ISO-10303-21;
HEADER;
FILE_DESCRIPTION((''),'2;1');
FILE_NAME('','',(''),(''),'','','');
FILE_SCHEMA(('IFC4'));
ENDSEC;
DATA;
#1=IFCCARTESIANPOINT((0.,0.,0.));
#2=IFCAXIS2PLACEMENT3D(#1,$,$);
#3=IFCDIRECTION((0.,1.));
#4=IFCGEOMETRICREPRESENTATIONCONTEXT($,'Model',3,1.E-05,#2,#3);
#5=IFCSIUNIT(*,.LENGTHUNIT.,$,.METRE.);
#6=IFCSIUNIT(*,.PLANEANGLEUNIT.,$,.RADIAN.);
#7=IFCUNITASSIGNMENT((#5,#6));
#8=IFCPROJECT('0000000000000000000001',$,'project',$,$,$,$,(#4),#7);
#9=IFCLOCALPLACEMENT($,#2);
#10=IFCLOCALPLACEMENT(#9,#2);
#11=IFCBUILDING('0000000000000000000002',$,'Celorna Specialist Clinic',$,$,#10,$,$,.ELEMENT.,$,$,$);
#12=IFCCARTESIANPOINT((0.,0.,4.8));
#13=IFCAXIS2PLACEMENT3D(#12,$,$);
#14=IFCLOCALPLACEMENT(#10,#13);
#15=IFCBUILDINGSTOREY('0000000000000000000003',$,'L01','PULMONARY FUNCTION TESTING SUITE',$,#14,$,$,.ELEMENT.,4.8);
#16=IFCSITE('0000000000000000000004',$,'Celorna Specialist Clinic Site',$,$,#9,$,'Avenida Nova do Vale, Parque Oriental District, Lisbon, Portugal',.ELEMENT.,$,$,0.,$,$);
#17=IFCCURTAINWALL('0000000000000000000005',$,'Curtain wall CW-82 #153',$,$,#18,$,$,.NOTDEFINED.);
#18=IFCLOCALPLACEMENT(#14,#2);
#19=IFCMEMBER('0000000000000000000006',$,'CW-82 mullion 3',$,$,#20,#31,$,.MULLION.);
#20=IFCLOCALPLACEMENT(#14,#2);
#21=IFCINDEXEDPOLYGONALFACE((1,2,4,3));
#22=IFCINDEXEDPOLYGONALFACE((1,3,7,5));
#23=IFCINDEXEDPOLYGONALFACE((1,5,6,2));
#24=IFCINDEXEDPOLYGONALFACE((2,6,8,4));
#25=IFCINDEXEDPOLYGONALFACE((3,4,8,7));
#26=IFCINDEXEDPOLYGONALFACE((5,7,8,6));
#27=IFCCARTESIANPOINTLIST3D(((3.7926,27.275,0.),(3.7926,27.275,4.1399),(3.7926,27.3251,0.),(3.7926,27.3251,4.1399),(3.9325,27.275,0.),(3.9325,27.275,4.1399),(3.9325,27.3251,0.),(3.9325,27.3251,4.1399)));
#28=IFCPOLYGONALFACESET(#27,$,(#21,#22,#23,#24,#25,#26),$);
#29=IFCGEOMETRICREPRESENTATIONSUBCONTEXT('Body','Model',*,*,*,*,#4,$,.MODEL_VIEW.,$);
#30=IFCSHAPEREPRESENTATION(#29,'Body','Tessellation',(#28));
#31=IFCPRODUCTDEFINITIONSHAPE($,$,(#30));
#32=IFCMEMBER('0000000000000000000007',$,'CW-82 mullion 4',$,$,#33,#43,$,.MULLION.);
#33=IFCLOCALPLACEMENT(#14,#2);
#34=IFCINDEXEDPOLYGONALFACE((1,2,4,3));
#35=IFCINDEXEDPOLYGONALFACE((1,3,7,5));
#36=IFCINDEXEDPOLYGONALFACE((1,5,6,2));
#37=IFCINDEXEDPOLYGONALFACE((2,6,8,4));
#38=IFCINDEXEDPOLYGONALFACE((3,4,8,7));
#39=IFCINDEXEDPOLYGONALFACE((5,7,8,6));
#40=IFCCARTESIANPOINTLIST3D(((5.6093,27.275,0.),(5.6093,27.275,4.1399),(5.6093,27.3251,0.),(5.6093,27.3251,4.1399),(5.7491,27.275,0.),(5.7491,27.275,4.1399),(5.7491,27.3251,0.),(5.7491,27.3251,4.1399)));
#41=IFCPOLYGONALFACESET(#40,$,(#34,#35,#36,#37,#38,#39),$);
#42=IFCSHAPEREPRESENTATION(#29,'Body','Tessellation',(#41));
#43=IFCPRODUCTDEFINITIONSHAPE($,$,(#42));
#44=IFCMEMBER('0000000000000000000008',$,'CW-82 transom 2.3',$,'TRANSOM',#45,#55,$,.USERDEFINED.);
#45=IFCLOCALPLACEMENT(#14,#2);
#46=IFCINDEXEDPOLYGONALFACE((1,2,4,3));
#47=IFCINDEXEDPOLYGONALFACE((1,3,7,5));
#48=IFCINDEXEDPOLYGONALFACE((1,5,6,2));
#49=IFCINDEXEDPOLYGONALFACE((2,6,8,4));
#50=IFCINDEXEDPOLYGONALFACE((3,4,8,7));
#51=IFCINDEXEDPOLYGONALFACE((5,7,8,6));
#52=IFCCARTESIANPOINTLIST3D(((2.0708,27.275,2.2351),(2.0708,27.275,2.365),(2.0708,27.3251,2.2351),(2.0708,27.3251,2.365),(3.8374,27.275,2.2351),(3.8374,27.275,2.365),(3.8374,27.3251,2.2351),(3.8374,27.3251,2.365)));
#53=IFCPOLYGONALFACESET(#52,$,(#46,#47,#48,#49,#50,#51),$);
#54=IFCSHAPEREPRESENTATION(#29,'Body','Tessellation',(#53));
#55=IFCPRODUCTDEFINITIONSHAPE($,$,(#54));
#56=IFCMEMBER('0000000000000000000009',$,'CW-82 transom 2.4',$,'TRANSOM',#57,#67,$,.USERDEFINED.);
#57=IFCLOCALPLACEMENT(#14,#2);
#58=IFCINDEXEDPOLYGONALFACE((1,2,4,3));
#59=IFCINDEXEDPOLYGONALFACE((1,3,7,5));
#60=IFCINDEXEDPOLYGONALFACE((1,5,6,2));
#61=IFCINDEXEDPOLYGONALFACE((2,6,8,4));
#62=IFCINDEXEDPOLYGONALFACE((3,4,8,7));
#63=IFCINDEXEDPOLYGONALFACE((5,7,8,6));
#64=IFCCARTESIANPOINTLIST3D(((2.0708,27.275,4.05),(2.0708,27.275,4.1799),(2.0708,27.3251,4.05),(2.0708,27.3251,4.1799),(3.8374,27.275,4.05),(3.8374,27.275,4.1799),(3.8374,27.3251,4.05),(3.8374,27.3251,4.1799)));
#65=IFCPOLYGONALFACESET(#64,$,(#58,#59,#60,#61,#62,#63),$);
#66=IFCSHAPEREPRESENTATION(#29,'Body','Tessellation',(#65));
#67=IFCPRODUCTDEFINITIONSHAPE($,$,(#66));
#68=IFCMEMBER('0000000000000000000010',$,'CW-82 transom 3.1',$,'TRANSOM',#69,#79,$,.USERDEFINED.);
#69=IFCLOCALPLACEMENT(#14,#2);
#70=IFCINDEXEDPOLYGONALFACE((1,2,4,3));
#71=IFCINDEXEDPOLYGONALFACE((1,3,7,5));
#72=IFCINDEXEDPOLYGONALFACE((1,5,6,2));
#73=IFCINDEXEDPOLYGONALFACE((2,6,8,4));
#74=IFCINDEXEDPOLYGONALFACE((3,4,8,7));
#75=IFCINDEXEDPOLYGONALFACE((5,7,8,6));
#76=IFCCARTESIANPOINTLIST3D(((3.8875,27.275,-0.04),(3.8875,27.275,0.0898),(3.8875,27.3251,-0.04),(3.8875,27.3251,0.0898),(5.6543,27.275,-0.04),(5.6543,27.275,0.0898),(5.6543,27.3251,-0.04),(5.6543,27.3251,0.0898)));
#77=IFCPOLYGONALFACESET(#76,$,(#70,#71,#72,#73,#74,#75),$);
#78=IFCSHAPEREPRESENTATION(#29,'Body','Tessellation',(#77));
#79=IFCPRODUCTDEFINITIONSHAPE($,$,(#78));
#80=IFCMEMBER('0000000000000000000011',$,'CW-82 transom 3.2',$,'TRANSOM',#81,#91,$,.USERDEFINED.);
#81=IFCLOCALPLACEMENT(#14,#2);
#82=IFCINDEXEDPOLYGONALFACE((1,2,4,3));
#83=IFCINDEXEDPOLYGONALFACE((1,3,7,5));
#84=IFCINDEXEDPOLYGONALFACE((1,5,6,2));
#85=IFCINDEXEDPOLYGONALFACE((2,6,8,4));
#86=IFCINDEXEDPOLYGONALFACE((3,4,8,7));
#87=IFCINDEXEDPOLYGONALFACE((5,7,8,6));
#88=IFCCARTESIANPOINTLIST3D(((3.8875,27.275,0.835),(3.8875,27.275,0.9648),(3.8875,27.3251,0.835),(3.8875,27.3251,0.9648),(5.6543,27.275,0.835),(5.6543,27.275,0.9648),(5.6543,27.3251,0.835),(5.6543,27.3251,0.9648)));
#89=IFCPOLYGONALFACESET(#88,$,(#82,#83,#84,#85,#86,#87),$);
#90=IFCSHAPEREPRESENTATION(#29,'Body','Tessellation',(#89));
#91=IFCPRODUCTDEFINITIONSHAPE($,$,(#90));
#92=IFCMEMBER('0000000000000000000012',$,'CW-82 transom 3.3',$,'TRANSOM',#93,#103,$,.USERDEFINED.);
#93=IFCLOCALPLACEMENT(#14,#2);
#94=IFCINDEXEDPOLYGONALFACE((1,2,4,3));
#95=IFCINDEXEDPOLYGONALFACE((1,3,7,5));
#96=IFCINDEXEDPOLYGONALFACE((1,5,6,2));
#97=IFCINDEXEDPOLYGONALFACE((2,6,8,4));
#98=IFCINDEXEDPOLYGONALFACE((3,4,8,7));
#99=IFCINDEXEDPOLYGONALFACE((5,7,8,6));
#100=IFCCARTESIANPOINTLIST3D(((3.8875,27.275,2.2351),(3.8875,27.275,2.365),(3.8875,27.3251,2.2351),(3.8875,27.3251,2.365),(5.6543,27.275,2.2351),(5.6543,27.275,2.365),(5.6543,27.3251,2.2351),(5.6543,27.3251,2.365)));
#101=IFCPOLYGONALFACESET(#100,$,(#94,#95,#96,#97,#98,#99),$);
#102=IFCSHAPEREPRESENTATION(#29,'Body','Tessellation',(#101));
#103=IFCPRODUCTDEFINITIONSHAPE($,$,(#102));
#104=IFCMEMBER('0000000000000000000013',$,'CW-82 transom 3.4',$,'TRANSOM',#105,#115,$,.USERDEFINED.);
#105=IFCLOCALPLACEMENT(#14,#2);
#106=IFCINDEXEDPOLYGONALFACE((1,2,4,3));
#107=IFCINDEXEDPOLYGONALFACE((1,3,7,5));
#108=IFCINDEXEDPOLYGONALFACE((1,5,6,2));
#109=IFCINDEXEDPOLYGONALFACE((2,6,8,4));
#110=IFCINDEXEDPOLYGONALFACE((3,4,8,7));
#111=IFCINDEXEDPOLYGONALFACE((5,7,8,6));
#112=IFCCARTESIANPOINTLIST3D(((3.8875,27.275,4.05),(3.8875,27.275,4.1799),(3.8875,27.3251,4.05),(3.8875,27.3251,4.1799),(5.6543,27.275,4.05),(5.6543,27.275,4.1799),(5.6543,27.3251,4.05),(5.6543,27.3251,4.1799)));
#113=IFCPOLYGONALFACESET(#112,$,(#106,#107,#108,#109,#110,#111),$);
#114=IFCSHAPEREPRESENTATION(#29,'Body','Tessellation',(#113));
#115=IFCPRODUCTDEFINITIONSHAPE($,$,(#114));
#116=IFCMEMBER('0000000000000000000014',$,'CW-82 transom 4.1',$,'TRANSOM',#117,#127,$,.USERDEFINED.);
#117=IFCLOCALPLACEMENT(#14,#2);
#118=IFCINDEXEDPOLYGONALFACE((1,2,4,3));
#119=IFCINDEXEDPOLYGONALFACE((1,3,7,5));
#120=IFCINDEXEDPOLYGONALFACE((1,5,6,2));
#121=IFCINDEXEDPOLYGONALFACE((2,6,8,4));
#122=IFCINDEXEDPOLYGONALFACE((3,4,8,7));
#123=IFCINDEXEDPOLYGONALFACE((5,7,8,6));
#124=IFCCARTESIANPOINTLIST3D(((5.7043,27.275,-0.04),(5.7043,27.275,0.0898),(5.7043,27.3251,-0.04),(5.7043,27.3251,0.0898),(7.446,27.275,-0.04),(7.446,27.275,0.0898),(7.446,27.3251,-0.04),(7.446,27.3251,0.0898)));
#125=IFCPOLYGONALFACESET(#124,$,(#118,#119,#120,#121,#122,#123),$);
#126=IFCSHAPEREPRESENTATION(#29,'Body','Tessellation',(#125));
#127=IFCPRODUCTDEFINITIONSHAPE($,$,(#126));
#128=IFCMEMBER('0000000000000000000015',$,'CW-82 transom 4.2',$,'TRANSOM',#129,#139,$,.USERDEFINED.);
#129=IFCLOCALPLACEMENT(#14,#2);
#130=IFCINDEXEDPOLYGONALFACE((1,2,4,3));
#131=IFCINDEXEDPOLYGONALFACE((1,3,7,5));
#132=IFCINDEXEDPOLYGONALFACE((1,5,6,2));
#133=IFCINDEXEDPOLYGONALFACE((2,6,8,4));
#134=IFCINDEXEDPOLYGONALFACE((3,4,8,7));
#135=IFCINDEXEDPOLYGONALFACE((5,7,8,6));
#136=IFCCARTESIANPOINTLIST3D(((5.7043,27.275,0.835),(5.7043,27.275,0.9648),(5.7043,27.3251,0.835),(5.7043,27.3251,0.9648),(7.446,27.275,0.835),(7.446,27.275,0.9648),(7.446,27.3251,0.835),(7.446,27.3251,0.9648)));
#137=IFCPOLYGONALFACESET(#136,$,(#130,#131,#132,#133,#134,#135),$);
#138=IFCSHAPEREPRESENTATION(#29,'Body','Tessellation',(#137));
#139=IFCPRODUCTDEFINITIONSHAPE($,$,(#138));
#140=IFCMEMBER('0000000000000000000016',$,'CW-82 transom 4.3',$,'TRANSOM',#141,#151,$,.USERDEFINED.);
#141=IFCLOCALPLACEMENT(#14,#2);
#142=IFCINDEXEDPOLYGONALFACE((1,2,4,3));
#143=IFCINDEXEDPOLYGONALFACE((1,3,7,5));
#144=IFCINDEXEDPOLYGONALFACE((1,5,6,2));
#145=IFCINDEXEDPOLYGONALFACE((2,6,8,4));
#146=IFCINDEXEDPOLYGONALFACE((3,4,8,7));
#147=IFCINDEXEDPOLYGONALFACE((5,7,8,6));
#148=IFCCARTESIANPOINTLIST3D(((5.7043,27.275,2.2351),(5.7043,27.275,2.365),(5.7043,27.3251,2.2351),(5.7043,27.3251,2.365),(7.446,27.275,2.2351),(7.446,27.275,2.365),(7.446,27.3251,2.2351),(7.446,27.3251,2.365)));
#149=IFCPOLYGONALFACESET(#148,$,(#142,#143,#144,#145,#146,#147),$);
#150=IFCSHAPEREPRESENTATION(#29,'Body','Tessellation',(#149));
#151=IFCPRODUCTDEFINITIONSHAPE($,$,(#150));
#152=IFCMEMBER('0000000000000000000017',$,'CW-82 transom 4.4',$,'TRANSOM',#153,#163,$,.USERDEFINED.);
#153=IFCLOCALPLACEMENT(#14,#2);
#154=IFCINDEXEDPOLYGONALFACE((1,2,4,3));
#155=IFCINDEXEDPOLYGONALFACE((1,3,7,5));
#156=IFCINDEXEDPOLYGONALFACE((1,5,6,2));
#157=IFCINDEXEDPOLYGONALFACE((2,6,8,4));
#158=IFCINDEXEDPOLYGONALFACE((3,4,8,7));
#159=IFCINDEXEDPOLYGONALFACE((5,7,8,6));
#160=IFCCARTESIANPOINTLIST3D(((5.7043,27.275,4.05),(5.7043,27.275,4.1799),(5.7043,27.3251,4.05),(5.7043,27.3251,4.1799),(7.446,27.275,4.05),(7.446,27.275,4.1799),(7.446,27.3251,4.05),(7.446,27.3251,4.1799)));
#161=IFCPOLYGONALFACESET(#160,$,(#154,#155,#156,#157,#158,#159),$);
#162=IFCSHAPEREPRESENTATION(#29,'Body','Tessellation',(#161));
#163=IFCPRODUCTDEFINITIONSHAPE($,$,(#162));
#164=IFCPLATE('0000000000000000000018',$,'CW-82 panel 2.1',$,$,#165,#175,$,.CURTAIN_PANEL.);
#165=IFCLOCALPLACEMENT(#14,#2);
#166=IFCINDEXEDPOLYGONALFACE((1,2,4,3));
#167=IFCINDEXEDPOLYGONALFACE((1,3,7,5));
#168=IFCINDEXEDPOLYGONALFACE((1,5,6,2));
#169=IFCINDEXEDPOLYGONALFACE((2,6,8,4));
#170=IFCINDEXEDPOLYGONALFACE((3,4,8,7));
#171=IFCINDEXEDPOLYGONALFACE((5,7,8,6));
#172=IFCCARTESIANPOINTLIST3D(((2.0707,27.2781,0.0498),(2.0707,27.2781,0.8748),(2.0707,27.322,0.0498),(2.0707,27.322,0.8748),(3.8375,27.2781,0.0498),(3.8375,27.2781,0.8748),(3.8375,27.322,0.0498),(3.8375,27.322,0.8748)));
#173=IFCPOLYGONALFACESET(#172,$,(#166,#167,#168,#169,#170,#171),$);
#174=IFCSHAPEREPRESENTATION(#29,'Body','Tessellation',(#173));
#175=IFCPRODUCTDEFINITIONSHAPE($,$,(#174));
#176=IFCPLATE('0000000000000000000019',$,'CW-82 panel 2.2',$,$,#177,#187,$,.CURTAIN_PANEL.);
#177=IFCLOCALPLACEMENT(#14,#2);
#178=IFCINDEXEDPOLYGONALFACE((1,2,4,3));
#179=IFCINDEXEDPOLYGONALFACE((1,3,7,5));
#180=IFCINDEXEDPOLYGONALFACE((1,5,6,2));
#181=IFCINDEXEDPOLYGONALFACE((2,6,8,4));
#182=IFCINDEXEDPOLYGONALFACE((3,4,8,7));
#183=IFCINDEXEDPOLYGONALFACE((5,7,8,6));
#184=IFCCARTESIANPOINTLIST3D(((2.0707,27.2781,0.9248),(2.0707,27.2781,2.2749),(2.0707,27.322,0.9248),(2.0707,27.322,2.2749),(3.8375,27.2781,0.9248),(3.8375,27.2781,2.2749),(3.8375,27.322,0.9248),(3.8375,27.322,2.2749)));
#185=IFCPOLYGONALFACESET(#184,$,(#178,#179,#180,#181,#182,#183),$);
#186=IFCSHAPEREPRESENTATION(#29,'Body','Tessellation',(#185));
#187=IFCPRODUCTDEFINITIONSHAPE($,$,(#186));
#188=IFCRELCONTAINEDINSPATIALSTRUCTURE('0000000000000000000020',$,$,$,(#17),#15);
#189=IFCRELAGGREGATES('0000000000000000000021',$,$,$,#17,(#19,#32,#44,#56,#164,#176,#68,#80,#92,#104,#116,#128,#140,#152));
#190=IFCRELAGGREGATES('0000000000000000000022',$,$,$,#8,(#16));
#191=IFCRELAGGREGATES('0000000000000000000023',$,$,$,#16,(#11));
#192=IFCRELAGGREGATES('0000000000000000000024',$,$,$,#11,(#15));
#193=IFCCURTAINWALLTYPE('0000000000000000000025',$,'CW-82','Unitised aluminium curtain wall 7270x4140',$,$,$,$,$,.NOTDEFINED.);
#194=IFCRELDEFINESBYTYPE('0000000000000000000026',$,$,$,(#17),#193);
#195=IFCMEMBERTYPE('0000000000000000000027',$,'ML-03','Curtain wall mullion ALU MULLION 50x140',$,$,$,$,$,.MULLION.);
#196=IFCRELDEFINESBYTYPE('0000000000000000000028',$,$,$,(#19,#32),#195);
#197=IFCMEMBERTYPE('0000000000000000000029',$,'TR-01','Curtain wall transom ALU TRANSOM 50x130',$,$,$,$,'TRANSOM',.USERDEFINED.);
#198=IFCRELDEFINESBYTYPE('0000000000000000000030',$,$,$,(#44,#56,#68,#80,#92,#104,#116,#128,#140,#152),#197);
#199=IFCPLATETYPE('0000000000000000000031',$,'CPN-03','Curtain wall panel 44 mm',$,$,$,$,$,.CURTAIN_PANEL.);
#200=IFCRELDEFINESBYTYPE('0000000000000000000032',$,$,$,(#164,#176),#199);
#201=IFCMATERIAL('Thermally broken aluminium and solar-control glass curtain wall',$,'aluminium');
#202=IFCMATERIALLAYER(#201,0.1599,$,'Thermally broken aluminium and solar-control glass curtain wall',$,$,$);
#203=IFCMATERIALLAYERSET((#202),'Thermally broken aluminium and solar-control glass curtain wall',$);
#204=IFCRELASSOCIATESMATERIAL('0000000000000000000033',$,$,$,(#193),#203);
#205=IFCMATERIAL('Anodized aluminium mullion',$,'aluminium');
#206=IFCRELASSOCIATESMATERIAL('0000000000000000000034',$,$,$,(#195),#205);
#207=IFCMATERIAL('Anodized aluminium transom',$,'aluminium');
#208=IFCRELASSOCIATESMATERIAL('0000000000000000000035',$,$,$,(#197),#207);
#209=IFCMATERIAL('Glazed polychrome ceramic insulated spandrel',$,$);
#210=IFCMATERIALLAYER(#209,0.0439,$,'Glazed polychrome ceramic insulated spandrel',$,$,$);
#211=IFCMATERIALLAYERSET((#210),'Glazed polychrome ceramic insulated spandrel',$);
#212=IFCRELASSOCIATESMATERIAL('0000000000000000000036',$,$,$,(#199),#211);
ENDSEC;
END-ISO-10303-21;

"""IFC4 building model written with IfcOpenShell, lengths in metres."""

from ifc_helpers import new_model, si_unit, direction, frame, origin, origin_2d, place, context, subcontext, project, spatial, rectangle, extrude, material, layer, layer_set, material_profile, profile_set, type_object, element, aggregate, save


model = new_model("IFC4")

# Units and contexts
model_context = context("Model", 3, precision=1e-05, world=origin(), true_north=direction((0.0, 1.0)))
body_context = subcontext(model_context, "Body", "Model", "MODEL_VIEW")
ifc_project = project(units=[si_unit("LENGTHUNIT", "METRE"), si_unit("PLANEANGLEUNIT", "RADIAN")], contexts=[model_context])

# Site, building, storey
site_placement = place(None, origin())
site = spatial("IfcSite", under=ifc_project, at=site_placement, Name="Celorna Specialist Clinic Site", LongName="Avenida Nova do Vale, Parque Oriental District, Lisbon, Portugal", CompositionType="ELEMENT", RefElevation=0.0)
building_placement = place(site_placement, origin())
building = spatial("IfcBuilding", under=site, at=building_placement, Name="Celorna Specialist Clinic", CompositionType="ELEMENT")
storey_placement = place(building_placement, frame((0.0, 0.0, 4.8)))
storey = spatial("IfcBuildingStorey", under=building, at=storey_placement, Name="L01", Description="PULMONARY FUNCTION TESTING SUITE", CompositionType="ELEMENT", Elevation=4.8)

# Curtain wall, members, plates
ifc_material_1 = material(Name="Thermally broken aluminium and solar-control glass curtain wall", Category="aluminium")
ifc_layer_1 = layer(ifc_material_1, 0.1599, Name="Thermally broken aluminium and solar-control glass curtain wall")
ifc_layer_set_1 = layer_set([ifc_layer_1], Name="Thermally broken aluminium and solar-control glass curtain wall")
curtain_wall_type = type_object("IfcCurtainWallType", Name="CW-82", Description="Unitised aluminium curtain wall 7270x4140", PredefinedType="NOTDEFINED", material=ifc_layer_set_1)
curtain_wall_placement = place(storey_placement, origin())
curtain_wall = element("IfcCurtainWall", 1, at=curtain_wall_placement, inside=storey, type_object=curtain_wall_type, Name="Curtain wall CW-82 #153", PredefinedType="NOTDEFINED")
ifc_material_2 = material(Name="Anodized aluminium mullion", Category="aluminium")
ifc_material_profile_1 = material_profile(ifc_material_2, rectangle(XDim=0.05, YDim=0.1399, at=origin_2d()), Name="ALU MULLION 50x140")
ifc_profile_set_1 = profile_set([ifc_material_profile_1], Name="Anodized aluminium mullion")
member_type_1 = type_object("IfcMemberType", Name="ML-03", Description="Curtain wall mullion ALU MULLION 50x140", PredefinedType="MULLION", material=ifc_profile_set_1)
member_1_placement = place(storey_placement, frame((3.8625, 27.3, 0.0), z_axis=(0.0, 0.0, 1.0), x_axis=(0.0, 1.0, 0.0)))
member_1 = element("IfcMember", 2, at=member_1_placement, type_object=member_type_1, Name="CW-82 mullion 3", PredefinedType="MULLION", context=body_context, shape_type="SweptSolid", body=[
    extrude(rectangle(XDim=0.05, YDim=0.1399, at=origin_2d()), origin(), (0.0, 0.0, 1.0), 4.1399),
])
member_2_placement = place(storey_placement, frame((5.6792, 27.3, 0.0), z_axis=(0.0, 0.0, 1.0), x_axis=(0.0, 1.0, 0.0)))
member_2 = element("IfcMember", 3, at=member_2_placement, type_object=member_type_1, Name="CW-82 mullion 4", PredefinedType="MULLION", context=body_context, shape_type="SweptSolid", body=[
    extrude(rectangle(XDim=0.05, YDim=0.1399, at=origin_2d()), origin(), (0.0, 0.0, 1.0), 4.1399),
])
ifc_material_3 = material(Name="Anodized aluminium transom", Category="aluminium")
ifc_material_profile_2 = material_profile(ifc_material_3, rectangle(XDim=0.05, YDim=0.1299, at=origin_2d()), Name="ALU TRANSOM 50x130")
ifc_profile_set_2 = profile_set([ifc_material_profile_2], Name="Anodized aluminium transom")
member_type_2 = type_object("IfcMemberType", Name="TR-01", Description="Curtain wall transom ALU TRANSOM 50x130", ElementType="TRANSOM", PredefinedType="USERDEFINED", material=ifc_profile_set_2)
member_3_placement = place(storey_placement, frame((2.0708, 27.3, 2.3), z_axis=(1.0, 0.0, 0.0), x_axis=(0.0, 1.0, 0.0)))
member_3 = element("IfcMember", 4, at=member_3_placement, type_object=member_type_2, Name="CW-82 transom 2.3", ObjectType="TRANSOM", PredefinedType="USERDEFINED", context=body_context, shape_type="SweptSolid", body=[
    extrude(rectangle(XDim=0.05, YDim=0.1299, at=origin_2d()), origin(), (0.0, 0.0, 1.0), 1.7666),
])
member_4_placement = place(storey_placement, frame((2.0708, 27.3, 4.115), z_axis=(1.0, 0.0, 0.0), x_axis=(0.0, 1.0, 0.0)))
member_4 = element("IfcMember", 5, at=member_4_placement, type_object=member_type_2, Name="CW-82 transom 2.4", ObjectType="TRANSOM", PredefinedType="USERDEFINED", context=body_context, shape_type="SweptSolid", body=[
    extrude(rectangle(XDim=0.05, YDim=0.1299, at=origin_2d()), origin(), (0.0, 0.0, 1.0), 1.7666),
])
member_5_placement = place(storey_placement, frame((3.8875, 27.3, 0.0249), z_axis=(1.0, 0.0, 0.0), x_axis=(0.0, 1.0, 0.0)))
member_5 = element("IfcMember", 6, at=member_5_placement, type_object=member_type_2, Name="CW-82 transom 3.1", ObjectType="TRANSOM", PredefinedType="USERDEFINED", context=body_context, shape_type="SweptSolid", body=[
    extrude(rectangle(XDim=0.05, YDim=0.1299, at=origin_2d()), origin(), (0.0, 0.0, 1.0), 1.7668),
])
member_6_placement = place(storey_placement, frame((3.8875, 27.3, 0.8999), z_axis=(1.0, 0.0, 0.0), x_axis=(0.0, 1.0, 0.0)))
member_6 = element("IfcMember", 7, at=member_6_placement, type_object=member_type_2, Name="CW-82 transom 3.2", ObjectType="TRANSOM", PredefinedType="USERDEFINED", context=body_context, shape_type="SweptSolid", body=[
    extrude(rectangle(XDim=0.05, YDim=0.1299, at=origin_2d()), origin(), (0.0, 0.0, 1.0), 1.7668),
])
member_7_placement = place(storey_placement, frame((3.8875, 27.3, 2.3), z_axis=(1.0, 0.0, 0.0), x_axis=(0.0, 1.0, 0.0)))
member_7 = element("IfcMember", 8, at=member_7_placement, type_object=member_type_2, Name="CW-82 transom 3.3", ObjectType="TRANSOM", PredefinedType="USERDEFINED", context=body_context, shape_type="SweptSolid", body=[
    extrude(rectangle(XDim=0.05, YDim=0.1299, at=origin_2d()), origin(), (0.0, 0.0, 1.0), 1.7668),
])
member_8_placement = place(storey_placement, frame((3.8875, 27.3, 4.115), z_axis=(1.0, 0.0, 0.0), x_axis=(0.0, 1.0, 0.0)))
member_8 = element("IfcMember", 9, at=member_8_placement, type_object=member_type_2, Name="CW-82 transom 3.4", ObjectType="TRANSOM", PredefinedType="USERDEFINED", context=body_context, shape_type="SweptSolid", body=[
    extrude(rectangle(XDim=0.05, YDim=0.1299, at=origin_2d()), origin(), (0.0, 0.0, 1.0), 1.7668),
])
member_9_placement = place(storey_placement, frame((5.7043, 27.3, 0.0249), z_axis=(1.0, 0.0, 0.0), x_axis=(0.0, 1.0, 0.0)))
member_9 = element("IfcMember", 10, at=member_9_placement, type_object=member_type_2, Name="CW-82 transom 4.1", ObjectType="TRANSOM", PredefinedType="USERDEFINED", context=body_context, shape_type="SweptSolid", body=[
    extrude(rectangle(XDim=0.05, YDim=0.1299, at=origin_2d()), origin(), (0.0, 0.0, 1.0), 1.7417),
])
member_10_placement = place(storey_placement, frame((5.7043, 27.3, 0.8999), z_axis=(1.0, 0.0, 0.0), x_axis=(0.0, 1.0, 0.0)))
member_10 = element("IfcMember", 11, at=member_10_placement, type_object=member_type_2, Name="CW-82 transom 4.2", ObjectType="TRANSOM", PredefinedType="USERDEFINED", context=body_context, shape_type="SweptSolid", body=[
    extrude(rectangle(XDim=0.05, YDim=0.1299, at=origin_2d()), origin(), (0.0, 0.0, 1.0), 1.7417),
])
member_11_placement = place(storey_placement, frame((5.7043, 27.3, 2.3), z_axis=(1.0, 0.0, 0.0), x_axis=(0.0, 1.0, 0.0)))
member_11 = element("IfcMember", 12, at=member_11_placement, type_object=member_type_2, Name="CW-82 transom 4.3", ObjectType="TRANSOM", PredefinedType="USERDEFINED", context=body_context, shape_type="SweptSolid", body=[
    extrude(rectangle(XDim=0.05, YDim=0.1299, at=origin_2d()), origin(), (0.0, 0.0, 1.0), 1.7417),
])
member_12_placement = place(storey_placement, frame((5.7043, 27.3, 4.115), z_axis=(1.0, 0.0, 0.0), x_axis=(0.0, 1.0, 0.0)))
member_12 = element("IfcMember", 13, at=member_12_placement, type_object=member_type_2, Name="CW-82 transom 4.4", ObjectType="TRANSOM", PredefinedType="USERDEFINED", context=body_context, shape_type="SweptSolid", body=[
    extrude(rectangle(XDim=0.05, YDim=0.1299, at=origin_2d()), origin(), (0.0, 0.0, 1.0), 1.7417),
])
ifc_material_4 = material(Name="Glazed polychrome ceramic insulated spandrel")
ifc_layer_2 = layer(ifc_material_4, 0.0439, Name="Glazed polychrome ceramic insulated spandrel")
ifc_layer_set_2 = layer_set([ifc_layer_2], Name="Glazed polychrome ceramic insulated spandrel")
plate_type = type_object("IfcPlateType", Name="CPN-03", Description="Curtain wall panel 44 mm", PredefinedType="CURTAIN_PANEL", material=ifc_layer_set_2)
plate_1_placement = place(storey_placement, frame((2.9541, 27.3, 0.0498), z_axis=(0.0, 0.0, 1.0), x_axis=(1.0, 0.0, 0.0)))
plate_1 = element("IfcPlate", 14, at=plate_1_placement, type_object=plate_type, Name="CW-82 panel 2.1", PredefinedType="CURTAIN_PANEL", context=body_context, shape_type="SweptSolid", body=[
    extrude(rectangle(XDim=1.7668, YDim=0.0439, at=origin_2d()), origin(), (0.0, 0.0, 1.0), 0.825),
])
plate_2_placement = place(storey_placement, frame((2.9541, 27.3, 0.9248), z_axis=(0.0, 0.0, 1.0), x_axis=(1.0, 0.0, 0.0)))
plate_2 = element("IfcPlate", 15, at=plate_2_placement, type_object=plate_type, Name="CW-82 panel 2.2", PredefinedType="CURTAIN_PANEL", context=body_context, shape_type="SweptSolid", body=[
    extrude(rectangle(XDim=1.7668, YDim=0.0439, at=origin_2d()), origin(), (0.0, 0.0, 1.0), 1.3501),
])
aggregate(curtain_wall, [member_1, member_2, member_3, member_4, plate_1, plate_2, member_5, member_6, member_7, member_8, member_9, member_10, member_11, member_12])

save(model, "model.ifc")
